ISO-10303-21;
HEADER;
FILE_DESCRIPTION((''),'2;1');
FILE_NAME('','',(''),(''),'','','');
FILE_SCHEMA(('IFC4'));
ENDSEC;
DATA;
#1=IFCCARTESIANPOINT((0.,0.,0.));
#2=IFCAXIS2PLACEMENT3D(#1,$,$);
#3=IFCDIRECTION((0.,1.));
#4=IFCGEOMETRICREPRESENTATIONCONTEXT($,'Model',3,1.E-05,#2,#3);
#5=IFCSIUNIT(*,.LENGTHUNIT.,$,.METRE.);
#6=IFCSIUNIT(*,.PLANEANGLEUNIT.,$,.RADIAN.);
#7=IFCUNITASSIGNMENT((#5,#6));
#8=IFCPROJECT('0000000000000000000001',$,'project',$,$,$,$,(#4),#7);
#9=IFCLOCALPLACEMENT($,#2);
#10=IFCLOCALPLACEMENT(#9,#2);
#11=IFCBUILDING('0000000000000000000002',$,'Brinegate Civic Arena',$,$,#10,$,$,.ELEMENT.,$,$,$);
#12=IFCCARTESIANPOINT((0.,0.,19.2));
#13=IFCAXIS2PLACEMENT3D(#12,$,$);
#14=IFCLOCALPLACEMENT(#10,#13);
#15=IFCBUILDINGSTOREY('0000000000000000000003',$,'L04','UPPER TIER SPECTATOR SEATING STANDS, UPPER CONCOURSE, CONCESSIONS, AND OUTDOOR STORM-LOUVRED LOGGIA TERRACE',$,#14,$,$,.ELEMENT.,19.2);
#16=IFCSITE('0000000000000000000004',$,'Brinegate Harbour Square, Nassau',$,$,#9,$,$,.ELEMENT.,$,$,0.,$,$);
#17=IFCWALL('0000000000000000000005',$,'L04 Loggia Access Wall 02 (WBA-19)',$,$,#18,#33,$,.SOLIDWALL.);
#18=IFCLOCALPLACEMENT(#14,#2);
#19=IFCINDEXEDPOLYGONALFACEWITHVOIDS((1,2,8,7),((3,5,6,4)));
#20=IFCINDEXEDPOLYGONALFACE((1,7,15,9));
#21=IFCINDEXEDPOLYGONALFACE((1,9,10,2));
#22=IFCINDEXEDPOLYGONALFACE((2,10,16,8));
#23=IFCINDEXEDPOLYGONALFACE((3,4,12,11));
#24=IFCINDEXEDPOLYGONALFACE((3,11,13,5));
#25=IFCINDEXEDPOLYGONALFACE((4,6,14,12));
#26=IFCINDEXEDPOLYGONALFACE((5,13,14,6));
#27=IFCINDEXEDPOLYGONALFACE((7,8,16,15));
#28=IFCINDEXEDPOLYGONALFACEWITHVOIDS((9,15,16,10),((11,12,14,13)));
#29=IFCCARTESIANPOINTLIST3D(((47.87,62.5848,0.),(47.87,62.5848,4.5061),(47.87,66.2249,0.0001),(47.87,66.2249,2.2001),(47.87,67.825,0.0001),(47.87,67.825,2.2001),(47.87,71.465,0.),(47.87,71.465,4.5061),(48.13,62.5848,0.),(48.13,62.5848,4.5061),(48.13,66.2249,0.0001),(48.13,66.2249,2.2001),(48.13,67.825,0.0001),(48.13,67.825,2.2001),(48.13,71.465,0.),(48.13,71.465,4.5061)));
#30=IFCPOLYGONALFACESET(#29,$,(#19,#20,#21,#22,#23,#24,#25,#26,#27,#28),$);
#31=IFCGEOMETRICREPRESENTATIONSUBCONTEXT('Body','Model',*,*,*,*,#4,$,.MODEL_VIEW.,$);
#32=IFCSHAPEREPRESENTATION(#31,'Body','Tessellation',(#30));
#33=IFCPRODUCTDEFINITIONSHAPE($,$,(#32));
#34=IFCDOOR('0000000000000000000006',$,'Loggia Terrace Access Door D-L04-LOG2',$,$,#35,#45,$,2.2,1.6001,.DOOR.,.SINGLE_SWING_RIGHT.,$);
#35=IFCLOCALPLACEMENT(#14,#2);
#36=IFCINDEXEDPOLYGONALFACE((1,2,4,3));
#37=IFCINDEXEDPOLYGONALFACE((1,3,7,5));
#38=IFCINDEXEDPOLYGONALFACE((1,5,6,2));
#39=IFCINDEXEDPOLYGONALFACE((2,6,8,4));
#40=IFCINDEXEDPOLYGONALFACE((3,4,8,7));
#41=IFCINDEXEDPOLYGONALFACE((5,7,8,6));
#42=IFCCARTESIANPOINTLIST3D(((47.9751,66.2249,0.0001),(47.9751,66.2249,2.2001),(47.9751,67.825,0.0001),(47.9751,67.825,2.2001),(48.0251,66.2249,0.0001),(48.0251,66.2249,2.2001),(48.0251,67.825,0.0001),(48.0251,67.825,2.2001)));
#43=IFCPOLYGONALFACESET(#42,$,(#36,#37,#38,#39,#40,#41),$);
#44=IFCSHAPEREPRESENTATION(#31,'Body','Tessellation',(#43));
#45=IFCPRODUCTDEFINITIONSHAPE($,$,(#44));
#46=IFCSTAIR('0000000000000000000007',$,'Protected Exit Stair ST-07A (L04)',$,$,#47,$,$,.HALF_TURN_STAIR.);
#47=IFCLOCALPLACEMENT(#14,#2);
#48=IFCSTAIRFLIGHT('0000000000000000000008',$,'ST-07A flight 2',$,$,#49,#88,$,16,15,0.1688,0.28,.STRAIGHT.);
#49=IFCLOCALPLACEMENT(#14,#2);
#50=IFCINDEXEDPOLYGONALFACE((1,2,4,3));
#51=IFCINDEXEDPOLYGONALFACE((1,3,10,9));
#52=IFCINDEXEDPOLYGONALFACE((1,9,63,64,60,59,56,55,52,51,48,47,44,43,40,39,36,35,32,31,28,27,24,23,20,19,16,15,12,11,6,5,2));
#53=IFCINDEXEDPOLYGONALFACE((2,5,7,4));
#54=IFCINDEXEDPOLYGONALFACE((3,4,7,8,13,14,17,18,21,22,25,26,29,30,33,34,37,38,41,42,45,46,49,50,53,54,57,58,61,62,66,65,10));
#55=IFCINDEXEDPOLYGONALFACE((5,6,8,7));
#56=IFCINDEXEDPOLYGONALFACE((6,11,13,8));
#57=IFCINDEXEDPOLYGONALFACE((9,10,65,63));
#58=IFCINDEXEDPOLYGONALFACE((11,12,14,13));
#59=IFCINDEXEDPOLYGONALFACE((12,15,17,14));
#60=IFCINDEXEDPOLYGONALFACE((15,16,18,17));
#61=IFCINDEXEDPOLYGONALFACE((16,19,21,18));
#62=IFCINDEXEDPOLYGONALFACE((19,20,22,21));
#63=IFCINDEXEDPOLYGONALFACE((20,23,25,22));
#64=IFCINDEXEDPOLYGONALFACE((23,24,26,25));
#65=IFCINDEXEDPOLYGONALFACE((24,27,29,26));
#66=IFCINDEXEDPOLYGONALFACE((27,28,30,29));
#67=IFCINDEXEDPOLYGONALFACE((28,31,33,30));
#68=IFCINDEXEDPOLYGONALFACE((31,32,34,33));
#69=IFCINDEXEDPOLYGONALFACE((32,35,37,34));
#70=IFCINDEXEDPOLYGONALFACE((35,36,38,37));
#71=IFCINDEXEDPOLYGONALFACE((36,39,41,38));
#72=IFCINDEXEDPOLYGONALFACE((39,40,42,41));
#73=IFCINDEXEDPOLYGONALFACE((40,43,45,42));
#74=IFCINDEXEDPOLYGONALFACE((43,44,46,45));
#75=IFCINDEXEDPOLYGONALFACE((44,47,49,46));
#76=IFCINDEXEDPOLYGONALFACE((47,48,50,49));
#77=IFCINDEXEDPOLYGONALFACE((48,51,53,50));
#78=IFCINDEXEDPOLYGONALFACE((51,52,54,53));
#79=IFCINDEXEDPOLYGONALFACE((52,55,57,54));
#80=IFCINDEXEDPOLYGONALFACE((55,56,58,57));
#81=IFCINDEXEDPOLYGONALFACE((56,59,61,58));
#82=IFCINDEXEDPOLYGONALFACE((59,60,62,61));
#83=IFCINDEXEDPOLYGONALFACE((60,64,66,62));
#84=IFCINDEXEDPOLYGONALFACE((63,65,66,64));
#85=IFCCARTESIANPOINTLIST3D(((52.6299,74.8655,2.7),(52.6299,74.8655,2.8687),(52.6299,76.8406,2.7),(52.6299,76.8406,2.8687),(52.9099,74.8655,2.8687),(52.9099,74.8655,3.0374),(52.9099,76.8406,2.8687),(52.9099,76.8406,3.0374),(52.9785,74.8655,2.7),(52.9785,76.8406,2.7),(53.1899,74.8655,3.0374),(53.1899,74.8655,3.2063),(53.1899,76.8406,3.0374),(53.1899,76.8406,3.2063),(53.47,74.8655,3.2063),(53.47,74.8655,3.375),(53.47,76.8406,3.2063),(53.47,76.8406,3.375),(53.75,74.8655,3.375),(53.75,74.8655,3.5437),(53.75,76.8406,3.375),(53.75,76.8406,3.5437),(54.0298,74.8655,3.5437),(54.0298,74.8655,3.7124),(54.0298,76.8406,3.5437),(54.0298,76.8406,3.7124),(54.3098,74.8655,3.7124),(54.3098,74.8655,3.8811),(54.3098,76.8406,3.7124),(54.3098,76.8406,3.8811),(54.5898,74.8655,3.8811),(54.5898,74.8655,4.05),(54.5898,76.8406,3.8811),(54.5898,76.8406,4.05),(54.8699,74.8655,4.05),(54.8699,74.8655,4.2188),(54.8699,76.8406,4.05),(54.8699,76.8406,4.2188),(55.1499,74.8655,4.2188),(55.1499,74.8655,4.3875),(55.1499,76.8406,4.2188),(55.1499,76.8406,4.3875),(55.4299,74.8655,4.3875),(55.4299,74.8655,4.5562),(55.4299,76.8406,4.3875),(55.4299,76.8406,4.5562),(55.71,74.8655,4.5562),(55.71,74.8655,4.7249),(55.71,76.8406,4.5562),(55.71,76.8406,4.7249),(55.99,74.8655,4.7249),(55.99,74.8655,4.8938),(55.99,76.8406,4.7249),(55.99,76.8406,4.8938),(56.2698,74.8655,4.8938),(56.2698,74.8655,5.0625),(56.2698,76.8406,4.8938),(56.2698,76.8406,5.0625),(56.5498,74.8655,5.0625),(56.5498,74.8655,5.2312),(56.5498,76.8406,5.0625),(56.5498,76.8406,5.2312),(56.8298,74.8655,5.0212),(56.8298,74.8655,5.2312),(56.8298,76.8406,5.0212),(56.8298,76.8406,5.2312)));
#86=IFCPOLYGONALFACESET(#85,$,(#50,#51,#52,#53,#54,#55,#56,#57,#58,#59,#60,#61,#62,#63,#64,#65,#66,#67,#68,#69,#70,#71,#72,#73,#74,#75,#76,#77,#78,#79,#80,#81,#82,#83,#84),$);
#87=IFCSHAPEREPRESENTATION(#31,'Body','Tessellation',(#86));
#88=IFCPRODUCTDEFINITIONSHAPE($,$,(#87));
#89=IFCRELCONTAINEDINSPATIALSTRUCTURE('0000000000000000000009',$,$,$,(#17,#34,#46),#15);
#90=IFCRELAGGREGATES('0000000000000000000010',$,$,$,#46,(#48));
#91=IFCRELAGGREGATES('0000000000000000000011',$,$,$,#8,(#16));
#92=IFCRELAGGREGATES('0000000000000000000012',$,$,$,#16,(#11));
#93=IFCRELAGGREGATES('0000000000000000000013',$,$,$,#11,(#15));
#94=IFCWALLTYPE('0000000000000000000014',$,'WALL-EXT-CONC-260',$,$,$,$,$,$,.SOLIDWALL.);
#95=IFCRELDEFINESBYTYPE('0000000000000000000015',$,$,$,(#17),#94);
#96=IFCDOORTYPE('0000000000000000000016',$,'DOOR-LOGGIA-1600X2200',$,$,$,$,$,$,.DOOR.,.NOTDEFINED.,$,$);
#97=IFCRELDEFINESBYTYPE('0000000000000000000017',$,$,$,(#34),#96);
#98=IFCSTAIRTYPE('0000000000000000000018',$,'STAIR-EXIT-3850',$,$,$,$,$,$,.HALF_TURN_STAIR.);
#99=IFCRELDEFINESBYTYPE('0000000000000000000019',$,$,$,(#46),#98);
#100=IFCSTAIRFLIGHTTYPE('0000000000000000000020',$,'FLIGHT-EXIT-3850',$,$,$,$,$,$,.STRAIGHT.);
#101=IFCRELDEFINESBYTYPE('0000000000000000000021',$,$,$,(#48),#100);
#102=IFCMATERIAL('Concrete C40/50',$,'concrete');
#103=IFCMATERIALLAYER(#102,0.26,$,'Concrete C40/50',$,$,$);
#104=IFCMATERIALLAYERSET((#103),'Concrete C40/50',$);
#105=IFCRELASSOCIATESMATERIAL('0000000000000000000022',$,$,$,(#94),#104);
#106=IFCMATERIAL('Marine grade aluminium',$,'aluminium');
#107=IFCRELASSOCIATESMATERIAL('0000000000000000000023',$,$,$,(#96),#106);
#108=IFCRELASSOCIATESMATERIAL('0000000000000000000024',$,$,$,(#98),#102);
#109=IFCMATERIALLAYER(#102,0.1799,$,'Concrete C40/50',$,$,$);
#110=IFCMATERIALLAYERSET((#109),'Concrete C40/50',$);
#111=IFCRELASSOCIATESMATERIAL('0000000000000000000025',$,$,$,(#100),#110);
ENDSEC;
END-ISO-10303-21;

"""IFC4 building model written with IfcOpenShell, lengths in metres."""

from ifc_helpers import new_model, si_unit, direction, frame, frame_2d, origin, place, context, subcontext, project, spatial, polyline, rectangle, outline, extrude, material, layer, layer_set, type_object, element, fill, aggregate, save


model = new_model("IFC4")

# Units and contexts
model_context = context("Model", 3, precision=1e-05, world=origin(), true_north=direction((0.0, 1.0)))
body_context = subcontext(model_context, "Body", "Model", "MODEL_VIEW")
ifc_project = project(units=[si_unit("LENGTHUNIT", "METRE"), si_unit("PLANEANGLEUNIT", "RADIAN")], contexts=[model_context])

# Site, building, storey
site_placement = place(None, origin())
site = spatial("IfcSite", under=ifc_project, at=site_placement, Name="Brinegate Harbour Square, Nassau", CompositionType="ELEMENT", RefElevation=0.0)
building_placement = place(site_placement, origin())
building = spatial("IfcBuilding", under=site, at=building_placement, Name="Brinegate Civic Arena", CompositionType="ELEMENT")
storey_placement = place(building_placement, frame((0.0, 0.0, 19.2)))
storey = spatial("IfcBuildingStorey", under=building, at=storey_placement, Name="L04", Description="UPPER TIER SPECTATOR SEATING STANDS, UPPER CONCOURSE, CONCESSIONS, AND OUTDOOR STORM-LOUVRED LOGGIA TERRACE", CompositionType="ELEMENT", Elevation=19.2)

# Wall, opening, door
ifc_material_1 = material(Name="Concrete C40/50", Category="concrete")
ifc_layer_1 = layer(ifc_material_1, 0.26, Name="Concrete C40/50")
ifc_layer_set_1 = layer_set([ifc_layer_1], Name="Concrete C40/50")
wall_type_1 = type_object("IfcWallType", Name="WALL-EXT-CONC-260", PredefinedType="SOLIDWALL", material=ifc_layer_set_1)
wall_1_placement = place(storey_placement, frame((48.0, 62.585, 0.0), z_axis=(0.0, 0.0, 1.0), x_axis=(0.0, 1.0, 0.0)))
wall_1 = element("IfcWall", 1, at=wall_1_placement, inside=storey, type_object=wall_type_1, Name="L04 Loggia Access Wall 02 (WBA-19)", PredefinedType="SOLIDWALL", context=body_context, shape_type="SweptSolid", body=[
    extrude(rectangle(XDim=8.8801, YDim=0.26, at=frame_2d((4.4399, 0.0))), origin(), (0.0, 0.0, 1.0), 4.5061),
])
opening_placement = place(wall_1_placement, frame((3.6399, 0.0, 0.0)))
opening = element("IfcOpeningElement", 2, at=opening_placement, cuts=wall_1, PredefinedType="OPENING", context=body_context, shape_type="SweptSolid", body=[
    extrude(rectangle(XDim=1.6001, YDim=2.2, at=frame_2d((0.8, 1.1001))), frame((0.0, 0.1399, 0.0), z_axis=(0.0, -1.0, 0.0), x_axis=(1.0, 0.0, 0.0)), (0.0, 0.0, 1.0), 0.28),
])
ifc_material_2 = material(Name="Marine grade aluminium", Category="aluminium")
door_type = type_object("IfcDoorType", Name="DOOR-LOGGIA-1600X2200", OperationType="NOTDEFINED", PredefinedType="DOOR", material=ifc_material_2)
door_placement = place(opening_placement, origin())
door = element("IfcDoor", 3, at=door_placement, inside=storey, type_object=door_type, Name="Loggia Terrace Access Door D-L04-LOG2", OperationType="SINGLE_SWING_RIGHT", OverallHeight=2.2, OverallWidth=1.6001, PredefinedType="DOOR", context=body_context, shape_type="SweptSolid", body=[
    extrude(rectangle(XDim=1.6001, YDim=2.2, at=frame_2d((0.8, 1.1001))), frame((0.0, 0.0249, 0.0), z_axis=(0.0, -1.0, 0.0), x_axis=(1.0, 0.0, 0.0)), (0.0, 0.0, 1.0), 0.05),
])
fill(opening, door)

# Stair, stair flight
stair_type = type_object("IfcStairType", Name="STAIR-EXIT-3850", PredefinedType="HALF_TURN_STAIR", material=ifc_material_1)
stair_placement = place(storey_placement, origin())
stair = element("IfcStair", 4, at=stair_placement, inside=storey, type_object=stair_type, Name="Protected Exit Stair ST-07A (L04)", PredefinedType="HALF_TURN_STAIR")
ifc_layer_2 = layer(ifc_material_1, 0.1799, Name="Concrete C40/50")
ifc_layer_set_2 = layer_set([ifc_layer_2], Name="Concrete C40/50")
stair_flight_type = type_object("IfcStairFlightType", Name="FLIGHT-EXIT-3850", PredefinedType="STRAIGHT", material=ifc_layer_set_2)
stair_flight_placement = place(storey_placement, frame((52.6299, 75.853, 2.7), z_axis=(0.0, 0.0, 1.0), x_axis=(1.0, 0.0, 0.0)))
stair_flight = element("IfcStairFlight", 5, at=stair_flight_placement, type_object=stair_flight_type, Name="ST-07A flight 2", NumberOfRisers=16, NumberOfTreads=15, PredefinedType="STRAIGHT", RiserHeight=0.1688, TreadLength=0.28, context=body_context, shape_type="SweptSolid", body=[
    extrude(outline(polyline([(0.0, 0.0), (0.0, 0.1687), (0.28, 0.1687), (0.28, 0.3374), (0.5601, 0.3374), (0.5601, 0.5063), (0.8401, 0.5063), (0.8401, 0.675), (1.1201, 0.675), (1.1201, 0.8438), (1.3999, 0.8438), (1.3999, 1.0125), (1.6799, 1.0125), (1.6799, 1.1812), (1.96, 1.1812), (1.96, 1.3501), (2.24, 1.3501), (2.24, 1.5188), (2.52, 1.5188), (2.52, 1.6875), (2.8, 1.6875), (2.8, 1.8562), (3.0801, 1.8562), (3.0801, 2.0249), (3.3601, 2.0249), (3.3601, 2.1938), (3.6399, 2.1938), (3.6399, 2.3625), (3.9199, 2.3625), (3.9199, 2.5312), (4.2, 2.5312), (4.2, 2.7), (4.2, 2.3213), (0.3486, 0.0), (0.0, 0.0)])), frame((0.0, 0.9875, 0.0), z_axis=(0.0, -1.0, 0.0), x_axis=(1.0, 0.0, 0.0)), (0.0, 0.0, 1.0), 1.9751),
])
aggregate(stair, [stair_flight])

save(model, "model.ifc")
